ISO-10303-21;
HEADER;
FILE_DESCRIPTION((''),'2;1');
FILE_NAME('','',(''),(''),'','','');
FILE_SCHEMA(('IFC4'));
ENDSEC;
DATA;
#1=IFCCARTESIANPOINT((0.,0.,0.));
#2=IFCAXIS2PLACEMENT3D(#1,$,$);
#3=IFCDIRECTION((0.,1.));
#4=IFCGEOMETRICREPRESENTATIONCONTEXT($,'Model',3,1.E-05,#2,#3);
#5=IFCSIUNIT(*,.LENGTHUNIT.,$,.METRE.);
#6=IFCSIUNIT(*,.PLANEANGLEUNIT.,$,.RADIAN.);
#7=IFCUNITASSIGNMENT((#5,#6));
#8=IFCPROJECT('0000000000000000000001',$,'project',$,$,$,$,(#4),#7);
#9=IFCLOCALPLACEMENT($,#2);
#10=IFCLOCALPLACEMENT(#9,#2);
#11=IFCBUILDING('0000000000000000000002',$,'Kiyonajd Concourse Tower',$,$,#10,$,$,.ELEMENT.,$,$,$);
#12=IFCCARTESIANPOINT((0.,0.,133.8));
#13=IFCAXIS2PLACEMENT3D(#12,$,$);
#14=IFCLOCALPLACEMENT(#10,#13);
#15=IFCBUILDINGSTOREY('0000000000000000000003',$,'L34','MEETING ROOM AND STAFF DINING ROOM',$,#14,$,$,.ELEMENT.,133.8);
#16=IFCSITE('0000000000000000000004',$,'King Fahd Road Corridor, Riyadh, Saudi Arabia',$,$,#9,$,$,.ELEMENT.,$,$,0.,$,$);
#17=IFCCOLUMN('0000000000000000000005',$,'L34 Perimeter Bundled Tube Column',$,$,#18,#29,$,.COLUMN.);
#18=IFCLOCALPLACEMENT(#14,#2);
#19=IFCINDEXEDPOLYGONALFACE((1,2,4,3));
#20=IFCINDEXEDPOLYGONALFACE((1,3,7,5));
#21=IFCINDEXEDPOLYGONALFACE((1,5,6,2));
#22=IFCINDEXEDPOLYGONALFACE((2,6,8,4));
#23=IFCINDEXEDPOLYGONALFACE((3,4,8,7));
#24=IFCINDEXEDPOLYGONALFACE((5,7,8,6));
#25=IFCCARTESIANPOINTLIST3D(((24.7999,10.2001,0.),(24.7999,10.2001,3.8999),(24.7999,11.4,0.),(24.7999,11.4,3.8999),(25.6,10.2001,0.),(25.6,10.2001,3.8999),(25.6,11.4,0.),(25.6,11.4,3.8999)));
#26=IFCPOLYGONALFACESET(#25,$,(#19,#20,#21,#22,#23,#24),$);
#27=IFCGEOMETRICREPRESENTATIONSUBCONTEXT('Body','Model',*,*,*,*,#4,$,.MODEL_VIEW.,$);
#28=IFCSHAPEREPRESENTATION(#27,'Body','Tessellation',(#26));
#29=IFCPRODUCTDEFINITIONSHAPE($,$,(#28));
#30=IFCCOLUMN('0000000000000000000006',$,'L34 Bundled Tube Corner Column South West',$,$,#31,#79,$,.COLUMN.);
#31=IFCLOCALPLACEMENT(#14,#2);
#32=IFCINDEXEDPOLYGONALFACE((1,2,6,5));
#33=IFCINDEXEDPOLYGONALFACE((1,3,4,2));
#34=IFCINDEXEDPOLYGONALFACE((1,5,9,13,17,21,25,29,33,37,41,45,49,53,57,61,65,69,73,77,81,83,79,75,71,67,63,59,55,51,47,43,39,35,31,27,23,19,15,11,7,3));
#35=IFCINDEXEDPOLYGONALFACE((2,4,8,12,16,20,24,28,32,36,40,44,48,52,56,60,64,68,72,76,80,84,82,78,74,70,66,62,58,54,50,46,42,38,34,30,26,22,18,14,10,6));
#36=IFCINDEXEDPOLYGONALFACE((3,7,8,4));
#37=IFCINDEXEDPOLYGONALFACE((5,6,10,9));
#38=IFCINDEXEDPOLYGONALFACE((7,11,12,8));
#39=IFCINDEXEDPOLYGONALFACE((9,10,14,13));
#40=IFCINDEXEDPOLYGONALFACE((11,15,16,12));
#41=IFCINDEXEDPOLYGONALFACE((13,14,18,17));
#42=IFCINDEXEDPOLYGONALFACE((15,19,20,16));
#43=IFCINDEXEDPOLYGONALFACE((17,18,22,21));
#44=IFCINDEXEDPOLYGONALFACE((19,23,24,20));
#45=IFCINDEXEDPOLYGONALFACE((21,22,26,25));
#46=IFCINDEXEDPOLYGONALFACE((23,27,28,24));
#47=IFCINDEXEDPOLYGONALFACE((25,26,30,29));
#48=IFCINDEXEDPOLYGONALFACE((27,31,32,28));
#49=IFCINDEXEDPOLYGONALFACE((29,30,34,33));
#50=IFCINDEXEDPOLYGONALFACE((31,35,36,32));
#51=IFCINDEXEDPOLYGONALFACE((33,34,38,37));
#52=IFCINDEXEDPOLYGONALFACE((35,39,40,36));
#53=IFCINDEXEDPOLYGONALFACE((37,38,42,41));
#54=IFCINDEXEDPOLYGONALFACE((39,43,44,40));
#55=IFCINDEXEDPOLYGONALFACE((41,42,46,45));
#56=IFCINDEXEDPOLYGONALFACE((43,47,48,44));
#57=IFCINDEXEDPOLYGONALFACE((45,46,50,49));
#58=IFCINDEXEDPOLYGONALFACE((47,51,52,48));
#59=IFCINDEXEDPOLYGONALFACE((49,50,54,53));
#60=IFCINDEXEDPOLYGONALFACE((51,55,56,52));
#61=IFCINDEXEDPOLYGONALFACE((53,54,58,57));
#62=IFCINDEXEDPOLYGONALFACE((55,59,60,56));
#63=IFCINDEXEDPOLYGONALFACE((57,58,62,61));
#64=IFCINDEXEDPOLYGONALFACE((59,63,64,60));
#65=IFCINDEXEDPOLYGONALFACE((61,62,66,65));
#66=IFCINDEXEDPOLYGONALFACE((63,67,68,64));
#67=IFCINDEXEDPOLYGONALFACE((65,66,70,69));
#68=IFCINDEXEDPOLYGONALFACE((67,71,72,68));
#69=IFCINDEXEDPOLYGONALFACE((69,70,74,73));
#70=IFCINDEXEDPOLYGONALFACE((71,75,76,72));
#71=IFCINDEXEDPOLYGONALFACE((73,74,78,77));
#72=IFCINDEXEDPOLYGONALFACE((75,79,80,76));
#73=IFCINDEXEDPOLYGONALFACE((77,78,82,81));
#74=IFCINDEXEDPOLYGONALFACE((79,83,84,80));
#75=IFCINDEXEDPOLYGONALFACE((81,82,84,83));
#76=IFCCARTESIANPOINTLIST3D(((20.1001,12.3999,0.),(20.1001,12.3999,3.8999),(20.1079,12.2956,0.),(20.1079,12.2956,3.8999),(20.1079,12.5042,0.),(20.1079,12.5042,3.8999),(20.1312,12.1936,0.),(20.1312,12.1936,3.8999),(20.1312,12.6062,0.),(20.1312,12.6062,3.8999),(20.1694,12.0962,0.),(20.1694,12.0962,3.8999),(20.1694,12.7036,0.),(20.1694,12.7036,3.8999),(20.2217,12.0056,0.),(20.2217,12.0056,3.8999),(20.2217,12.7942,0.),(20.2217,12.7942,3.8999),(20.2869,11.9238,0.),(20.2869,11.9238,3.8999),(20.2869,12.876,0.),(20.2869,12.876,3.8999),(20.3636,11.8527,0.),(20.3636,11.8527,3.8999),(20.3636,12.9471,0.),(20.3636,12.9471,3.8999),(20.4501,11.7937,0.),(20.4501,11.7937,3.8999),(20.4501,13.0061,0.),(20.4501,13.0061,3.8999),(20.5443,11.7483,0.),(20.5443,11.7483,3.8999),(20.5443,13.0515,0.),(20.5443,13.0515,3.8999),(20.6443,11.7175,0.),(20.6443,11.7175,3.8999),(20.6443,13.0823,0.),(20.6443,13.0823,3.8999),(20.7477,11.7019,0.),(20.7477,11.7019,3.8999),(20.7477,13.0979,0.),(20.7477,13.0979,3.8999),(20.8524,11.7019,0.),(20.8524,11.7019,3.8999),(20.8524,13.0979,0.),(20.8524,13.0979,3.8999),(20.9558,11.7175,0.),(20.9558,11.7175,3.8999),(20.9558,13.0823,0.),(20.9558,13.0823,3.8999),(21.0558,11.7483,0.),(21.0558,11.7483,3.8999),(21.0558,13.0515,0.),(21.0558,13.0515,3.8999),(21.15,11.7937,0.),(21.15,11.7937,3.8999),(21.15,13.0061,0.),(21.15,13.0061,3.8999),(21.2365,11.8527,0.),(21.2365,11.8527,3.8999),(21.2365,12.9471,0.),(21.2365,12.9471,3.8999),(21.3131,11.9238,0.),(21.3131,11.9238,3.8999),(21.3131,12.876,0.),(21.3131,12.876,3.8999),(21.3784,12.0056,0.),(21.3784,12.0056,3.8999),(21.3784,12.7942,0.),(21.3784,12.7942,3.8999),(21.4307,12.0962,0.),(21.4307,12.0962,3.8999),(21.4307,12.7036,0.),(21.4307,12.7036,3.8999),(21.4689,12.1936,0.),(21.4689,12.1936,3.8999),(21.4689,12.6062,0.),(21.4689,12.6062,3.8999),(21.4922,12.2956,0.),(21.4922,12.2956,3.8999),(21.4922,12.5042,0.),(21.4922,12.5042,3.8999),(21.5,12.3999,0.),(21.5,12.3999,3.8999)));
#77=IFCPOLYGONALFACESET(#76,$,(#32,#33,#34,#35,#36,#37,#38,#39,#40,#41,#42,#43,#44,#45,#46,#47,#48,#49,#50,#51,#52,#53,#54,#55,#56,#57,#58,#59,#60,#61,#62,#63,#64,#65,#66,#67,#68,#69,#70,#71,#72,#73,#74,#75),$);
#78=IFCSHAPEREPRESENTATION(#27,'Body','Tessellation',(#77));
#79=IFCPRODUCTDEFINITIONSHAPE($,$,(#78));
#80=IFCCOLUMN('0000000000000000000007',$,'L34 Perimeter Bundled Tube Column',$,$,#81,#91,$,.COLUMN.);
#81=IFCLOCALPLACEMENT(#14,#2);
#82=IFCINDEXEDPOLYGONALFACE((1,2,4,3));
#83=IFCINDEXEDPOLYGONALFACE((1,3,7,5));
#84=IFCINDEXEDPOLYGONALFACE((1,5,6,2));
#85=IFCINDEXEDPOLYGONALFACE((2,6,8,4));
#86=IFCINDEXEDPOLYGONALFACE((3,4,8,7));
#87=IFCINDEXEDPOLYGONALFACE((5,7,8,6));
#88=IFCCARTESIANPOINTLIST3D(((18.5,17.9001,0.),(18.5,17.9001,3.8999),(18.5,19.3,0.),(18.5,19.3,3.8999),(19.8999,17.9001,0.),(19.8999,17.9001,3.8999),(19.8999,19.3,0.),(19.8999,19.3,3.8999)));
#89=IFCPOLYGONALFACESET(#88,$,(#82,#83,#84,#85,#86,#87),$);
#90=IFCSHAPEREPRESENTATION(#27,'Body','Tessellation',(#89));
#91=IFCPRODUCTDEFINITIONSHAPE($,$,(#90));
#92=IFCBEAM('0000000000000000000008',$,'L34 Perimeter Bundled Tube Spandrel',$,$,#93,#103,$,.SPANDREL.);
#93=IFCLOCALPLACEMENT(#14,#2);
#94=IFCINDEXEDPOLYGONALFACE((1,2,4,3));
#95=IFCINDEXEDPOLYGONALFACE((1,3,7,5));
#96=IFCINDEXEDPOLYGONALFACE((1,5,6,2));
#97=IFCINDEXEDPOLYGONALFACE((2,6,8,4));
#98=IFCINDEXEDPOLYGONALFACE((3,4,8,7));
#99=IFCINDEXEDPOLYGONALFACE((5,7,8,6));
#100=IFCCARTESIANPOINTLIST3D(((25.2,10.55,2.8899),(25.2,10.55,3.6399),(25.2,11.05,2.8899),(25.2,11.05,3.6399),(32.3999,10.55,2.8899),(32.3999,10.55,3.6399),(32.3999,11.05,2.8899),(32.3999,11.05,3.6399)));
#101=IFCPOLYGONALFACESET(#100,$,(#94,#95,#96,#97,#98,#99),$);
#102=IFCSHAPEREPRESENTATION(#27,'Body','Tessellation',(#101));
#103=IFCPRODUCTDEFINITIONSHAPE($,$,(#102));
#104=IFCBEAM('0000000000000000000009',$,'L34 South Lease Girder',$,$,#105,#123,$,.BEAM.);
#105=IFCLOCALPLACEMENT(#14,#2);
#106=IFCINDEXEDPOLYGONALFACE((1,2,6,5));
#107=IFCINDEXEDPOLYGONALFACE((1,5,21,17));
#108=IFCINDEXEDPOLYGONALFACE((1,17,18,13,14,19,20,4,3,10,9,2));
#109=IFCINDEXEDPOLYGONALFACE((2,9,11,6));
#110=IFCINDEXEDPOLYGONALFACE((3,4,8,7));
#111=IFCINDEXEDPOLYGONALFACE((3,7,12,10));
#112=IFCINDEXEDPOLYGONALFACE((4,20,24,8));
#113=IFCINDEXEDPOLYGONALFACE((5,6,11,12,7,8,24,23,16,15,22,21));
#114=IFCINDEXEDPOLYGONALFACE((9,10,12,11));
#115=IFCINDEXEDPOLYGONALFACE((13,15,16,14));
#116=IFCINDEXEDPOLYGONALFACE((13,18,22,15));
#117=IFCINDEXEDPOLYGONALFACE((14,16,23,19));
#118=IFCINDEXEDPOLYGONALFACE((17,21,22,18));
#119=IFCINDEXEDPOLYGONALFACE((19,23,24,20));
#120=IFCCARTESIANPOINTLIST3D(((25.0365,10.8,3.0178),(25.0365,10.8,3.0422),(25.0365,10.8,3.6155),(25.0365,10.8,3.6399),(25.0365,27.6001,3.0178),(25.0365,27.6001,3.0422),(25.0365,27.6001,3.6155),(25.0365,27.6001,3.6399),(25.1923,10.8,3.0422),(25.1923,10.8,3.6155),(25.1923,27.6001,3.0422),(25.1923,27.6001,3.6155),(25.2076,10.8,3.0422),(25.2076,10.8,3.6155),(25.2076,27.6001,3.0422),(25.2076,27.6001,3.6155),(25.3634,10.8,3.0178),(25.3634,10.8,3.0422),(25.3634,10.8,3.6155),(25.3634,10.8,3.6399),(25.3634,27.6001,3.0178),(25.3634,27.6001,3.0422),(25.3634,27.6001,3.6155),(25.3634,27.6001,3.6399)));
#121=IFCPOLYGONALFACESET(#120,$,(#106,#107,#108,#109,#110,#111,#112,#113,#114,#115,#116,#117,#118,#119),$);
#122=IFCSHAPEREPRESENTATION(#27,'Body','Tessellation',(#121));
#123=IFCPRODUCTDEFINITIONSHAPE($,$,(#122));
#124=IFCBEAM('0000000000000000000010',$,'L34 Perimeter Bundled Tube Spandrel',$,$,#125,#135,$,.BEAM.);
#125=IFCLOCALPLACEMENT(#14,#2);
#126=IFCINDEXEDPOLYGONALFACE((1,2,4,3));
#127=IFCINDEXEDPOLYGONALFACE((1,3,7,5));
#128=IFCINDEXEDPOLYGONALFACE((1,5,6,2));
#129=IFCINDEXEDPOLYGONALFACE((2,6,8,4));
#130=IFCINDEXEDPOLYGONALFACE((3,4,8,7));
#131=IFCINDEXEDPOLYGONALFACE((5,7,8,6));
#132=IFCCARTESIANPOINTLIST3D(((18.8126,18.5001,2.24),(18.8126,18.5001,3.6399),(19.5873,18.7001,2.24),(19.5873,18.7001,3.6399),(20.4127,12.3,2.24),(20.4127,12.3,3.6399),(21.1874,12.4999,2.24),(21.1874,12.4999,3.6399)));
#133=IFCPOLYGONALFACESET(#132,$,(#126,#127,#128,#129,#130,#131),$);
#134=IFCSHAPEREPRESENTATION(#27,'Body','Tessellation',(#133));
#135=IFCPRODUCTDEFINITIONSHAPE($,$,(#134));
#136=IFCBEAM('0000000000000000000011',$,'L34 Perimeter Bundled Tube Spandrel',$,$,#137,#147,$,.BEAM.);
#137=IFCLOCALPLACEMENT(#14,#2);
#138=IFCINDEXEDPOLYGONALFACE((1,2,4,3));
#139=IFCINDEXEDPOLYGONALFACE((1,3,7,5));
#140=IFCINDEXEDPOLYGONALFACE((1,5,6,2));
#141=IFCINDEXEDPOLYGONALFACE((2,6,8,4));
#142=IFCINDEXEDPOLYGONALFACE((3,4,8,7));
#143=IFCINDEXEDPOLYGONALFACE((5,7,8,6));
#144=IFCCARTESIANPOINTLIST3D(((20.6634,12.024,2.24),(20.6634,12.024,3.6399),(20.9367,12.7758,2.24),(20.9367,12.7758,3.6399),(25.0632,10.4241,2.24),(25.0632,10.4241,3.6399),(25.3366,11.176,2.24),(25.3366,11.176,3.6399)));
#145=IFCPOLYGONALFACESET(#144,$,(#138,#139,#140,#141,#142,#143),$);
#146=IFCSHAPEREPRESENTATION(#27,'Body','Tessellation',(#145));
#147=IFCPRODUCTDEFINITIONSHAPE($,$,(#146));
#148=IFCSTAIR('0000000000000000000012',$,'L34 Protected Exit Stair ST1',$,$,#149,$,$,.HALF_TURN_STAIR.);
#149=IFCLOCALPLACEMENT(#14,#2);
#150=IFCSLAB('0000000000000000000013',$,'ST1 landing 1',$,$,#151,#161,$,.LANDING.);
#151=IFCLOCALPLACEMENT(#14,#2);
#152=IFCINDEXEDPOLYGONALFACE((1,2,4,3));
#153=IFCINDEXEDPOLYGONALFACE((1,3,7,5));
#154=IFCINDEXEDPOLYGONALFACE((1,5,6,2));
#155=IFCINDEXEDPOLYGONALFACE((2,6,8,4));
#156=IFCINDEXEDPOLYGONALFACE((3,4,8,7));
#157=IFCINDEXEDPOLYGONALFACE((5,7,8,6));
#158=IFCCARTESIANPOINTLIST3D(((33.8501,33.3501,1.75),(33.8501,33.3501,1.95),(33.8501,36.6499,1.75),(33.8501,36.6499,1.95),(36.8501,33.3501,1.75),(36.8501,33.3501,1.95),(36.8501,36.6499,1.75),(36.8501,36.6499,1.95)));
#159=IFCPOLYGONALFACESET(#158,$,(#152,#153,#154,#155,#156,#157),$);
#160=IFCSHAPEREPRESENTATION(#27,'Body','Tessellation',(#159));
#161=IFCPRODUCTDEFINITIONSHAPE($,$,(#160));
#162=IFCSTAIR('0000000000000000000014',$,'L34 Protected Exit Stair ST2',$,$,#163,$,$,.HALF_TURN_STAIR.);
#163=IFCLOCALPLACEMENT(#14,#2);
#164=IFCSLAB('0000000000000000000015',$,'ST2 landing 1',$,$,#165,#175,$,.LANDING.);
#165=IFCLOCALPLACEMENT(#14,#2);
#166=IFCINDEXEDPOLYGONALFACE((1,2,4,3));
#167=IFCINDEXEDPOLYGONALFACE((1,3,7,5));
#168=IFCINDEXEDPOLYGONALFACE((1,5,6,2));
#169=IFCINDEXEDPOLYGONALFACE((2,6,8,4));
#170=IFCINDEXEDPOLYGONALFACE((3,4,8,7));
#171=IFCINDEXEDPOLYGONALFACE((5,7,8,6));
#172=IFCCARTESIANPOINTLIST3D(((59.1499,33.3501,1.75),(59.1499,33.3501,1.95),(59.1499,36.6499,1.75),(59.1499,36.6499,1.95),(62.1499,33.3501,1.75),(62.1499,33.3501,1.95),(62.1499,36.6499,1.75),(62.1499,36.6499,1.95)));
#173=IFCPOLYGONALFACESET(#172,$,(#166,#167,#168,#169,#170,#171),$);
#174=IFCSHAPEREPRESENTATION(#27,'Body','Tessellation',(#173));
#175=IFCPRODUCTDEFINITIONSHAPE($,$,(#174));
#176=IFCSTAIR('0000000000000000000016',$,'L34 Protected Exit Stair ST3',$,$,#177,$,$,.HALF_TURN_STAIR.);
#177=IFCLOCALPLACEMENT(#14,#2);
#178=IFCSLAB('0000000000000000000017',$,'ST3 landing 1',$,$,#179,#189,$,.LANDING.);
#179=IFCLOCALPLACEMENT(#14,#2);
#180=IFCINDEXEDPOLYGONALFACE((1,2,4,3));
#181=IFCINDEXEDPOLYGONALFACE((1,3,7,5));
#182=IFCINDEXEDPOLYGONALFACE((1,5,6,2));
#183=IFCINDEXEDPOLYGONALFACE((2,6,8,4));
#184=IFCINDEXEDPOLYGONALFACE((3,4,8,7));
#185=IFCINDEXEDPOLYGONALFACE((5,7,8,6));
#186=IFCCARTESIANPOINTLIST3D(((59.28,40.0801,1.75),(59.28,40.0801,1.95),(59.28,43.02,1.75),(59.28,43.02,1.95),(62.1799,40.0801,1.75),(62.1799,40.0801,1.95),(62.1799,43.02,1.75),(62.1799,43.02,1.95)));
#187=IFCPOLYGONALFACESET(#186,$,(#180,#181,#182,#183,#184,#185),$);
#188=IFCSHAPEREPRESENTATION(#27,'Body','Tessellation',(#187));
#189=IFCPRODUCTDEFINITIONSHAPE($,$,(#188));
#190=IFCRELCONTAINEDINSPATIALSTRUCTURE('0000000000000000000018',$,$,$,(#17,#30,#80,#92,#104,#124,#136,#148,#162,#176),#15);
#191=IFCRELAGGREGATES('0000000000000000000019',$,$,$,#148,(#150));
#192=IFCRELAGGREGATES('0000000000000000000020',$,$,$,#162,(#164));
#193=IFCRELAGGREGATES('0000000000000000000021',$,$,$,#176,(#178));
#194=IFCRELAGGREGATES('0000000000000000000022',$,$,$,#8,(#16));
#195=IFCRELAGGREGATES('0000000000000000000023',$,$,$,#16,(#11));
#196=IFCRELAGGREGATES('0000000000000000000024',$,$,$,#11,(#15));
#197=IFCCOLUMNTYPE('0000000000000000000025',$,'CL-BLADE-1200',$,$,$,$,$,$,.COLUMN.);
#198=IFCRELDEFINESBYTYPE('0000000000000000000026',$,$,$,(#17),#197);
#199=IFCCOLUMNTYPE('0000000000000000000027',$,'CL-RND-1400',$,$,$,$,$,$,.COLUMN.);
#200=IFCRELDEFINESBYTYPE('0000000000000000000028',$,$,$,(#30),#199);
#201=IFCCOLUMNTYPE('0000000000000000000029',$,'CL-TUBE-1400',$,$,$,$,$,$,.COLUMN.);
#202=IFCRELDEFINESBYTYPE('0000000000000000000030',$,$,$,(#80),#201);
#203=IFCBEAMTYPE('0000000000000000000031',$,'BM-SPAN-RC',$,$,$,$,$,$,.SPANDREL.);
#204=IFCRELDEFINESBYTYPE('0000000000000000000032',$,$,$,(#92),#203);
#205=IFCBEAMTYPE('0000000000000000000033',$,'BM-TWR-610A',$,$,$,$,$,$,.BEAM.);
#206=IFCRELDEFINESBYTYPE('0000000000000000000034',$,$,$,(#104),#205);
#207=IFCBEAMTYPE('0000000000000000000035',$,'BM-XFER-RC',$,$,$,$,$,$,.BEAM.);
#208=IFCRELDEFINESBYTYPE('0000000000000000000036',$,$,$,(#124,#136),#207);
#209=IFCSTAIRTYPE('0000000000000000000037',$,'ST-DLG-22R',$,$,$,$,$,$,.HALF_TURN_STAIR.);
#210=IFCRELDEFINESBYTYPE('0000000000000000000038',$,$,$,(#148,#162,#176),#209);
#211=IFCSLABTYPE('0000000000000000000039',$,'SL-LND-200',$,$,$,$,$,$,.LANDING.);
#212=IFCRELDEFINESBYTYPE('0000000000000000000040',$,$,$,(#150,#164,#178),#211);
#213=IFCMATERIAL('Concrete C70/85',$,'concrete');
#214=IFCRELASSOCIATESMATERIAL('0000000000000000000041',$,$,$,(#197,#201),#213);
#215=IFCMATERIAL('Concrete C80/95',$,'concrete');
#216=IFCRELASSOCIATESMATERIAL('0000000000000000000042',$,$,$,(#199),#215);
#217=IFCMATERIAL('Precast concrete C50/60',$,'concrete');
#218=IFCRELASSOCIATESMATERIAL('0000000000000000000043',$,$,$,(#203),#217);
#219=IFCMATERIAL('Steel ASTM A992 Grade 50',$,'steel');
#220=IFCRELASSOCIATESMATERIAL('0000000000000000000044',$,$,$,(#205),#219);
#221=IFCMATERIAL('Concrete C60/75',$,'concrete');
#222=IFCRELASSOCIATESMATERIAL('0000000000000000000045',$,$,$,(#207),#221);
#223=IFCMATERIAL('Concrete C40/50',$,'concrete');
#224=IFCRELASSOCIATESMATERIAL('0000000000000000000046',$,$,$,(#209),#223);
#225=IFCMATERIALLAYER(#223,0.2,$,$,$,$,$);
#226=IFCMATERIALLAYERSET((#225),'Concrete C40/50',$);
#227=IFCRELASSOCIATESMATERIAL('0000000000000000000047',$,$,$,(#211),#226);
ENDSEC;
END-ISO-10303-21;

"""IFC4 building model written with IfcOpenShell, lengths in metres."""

from ifc_helpers import new_model, si_unit, direction, frame, origin, origin_2d, place, context, subcontext, project, spatial, polyline, rectangle, circle, i_section, outline, extrude, material, layer, layer_set, material_profile, profile_set, type_object, element, aggregate, save


model = new_model("IFC4")

# Units and contexts
model_context = context("Model", 3, precision=1e-05, world=origin(), true_north=direction((0.0, 1.0)))
body_context = subcontext(model_context, "Body", "Model", "MODEL_VIEW")
ifc_project = project(units=[si_unit("LENGTHUNIT", "METRE"), si_unit("PLANEANGLEUNIT", "RADIAN")], contexts=[model_context])

# Site, building, storey
site_placement = place(None, origin())
site = spatial("IfcSite", under=ifc_project, at=site_placement, Name="King Fahd Road Corridor, Riyadh, Saudi Arabia", CompositionType="ELEMENT", RefElevation=0.0)
building_placement = place(site_placement, origin())
building = spatial("IfcBuilding", under=site, at=building_placement, Name="Kiyonajd Concourse Tower", CompositionType="ELEMENT")
storey_placement = place(building_placement, frame((0.0, 0.0, 133.8)))
storey = spatial("IfcBuildingStorey", under=building, at=storey_placement, Name="L34", Description="MEETING ROOM AND STAFF DINING ROOM", CompositionType="ELEMENT", Elevation=133.8)

# Columns
ifc_material_1 = material(Name="Concrete C70/85", Category="concrete")
ifc_material_profile_1 = material_profile(ifc_material_1, rectangle(XDim=0.8, YDim=1.2, at=origin_2d()), Name="RC-1200x800")
ifc_profile_set_1 = profile_set([ifc_material_profile_1], Name="Concrete C70/85")
column_type_1 = type_object("IfcColumnType", Name="CL-BLADE-1200", PredefinedType="COLUMN", material=ifc_profile_set_1)
column_1_placement = place(storey_placement, frame((25.2, 10.8, 0.0), z_axis=(0.0, 0.0, 1.0), x_axis=(1.0, 0.0, 0.0)))
element("IfcColumn", 1, at=column_1_placement, inside=storey, type_object=column_type_1, Name="L34 Perimeter Bundled Tube Column", PredefinedType="COLUMN", context=body_context, shape_type="SweptSolid", body=[
    extrude(rectangle(XDim=0.8, YDim=1.2, at=origin_2d()), origin(), (0.0, 0.0, 1.0), 3.8999),
])
ifc_material_2 = material(Name="Concrete C80/95", Category="concrete")
ifc_material_profile_2 = material_profile(ifc_material_2, circle(Radius=0.7, at=origin_2d()), Name="RCC-D1400")
ifc_profile_set_2 = profile_set([ifc_material_profile_2], Name="Concrete C80/95")
column_type_2 = type_object("IfcColumnType", Name="CL-RND-1400", PredefinedType="COLUMN", material=ifc_profile_set_2)
column_2_placement = place(storey_placement, frame((20.8, 12.3999, 0.0), z_axis=(0.0, 0.0, 1.0), x_axis=(1.0, 0.0, 0.0)))
element("IfcColumn", 2, at=column_2_placement, inside=storey, type_object=column_type_2, Name="L34 Bundled Tube Corner Column South West", PredefinedType="COLUMN", context=body_context, shape_type="SweptSolid", body=[
    extrude(circle(Radius=0.7, at=origin_2d()), origin(), (0.0, 0.0, 1.0), 3.8999),
])
ifc_material_profile_3 = material_profile(ifc_material_1, rectangle(XDim=1.3999, YDim=1.3999, at=origin_2d()), Name="RC-1400x1400")
ifc_profile_set_3 = profile_set([ifc_material_profile_3], Name="Concrete C70/85")
column_type_3 = type_object("IfcColumnType", Name="CL-TUBE-1400", PredefinedType="COLUMN", material=ifc_profile_set_3)
column_3_placement = place(storey_placement, frame((19.2, 18.6001, 0.0), z_axis=(0.0, 0.0, 1.0), x_axis=(1.0, 0.0, 0.0)))
element("IfcColumn", 3, at=column_3_placement, inside=storey, type_object=column_type_3, Name="L34 Perimeter Bundled Tube Column", PredefinedType="COLUMN", context=body_context, shape_type="SweptSolid", body=[
    extrude(rectangle(XDim=1.3999, YDim=1.3999, at=origin_2d()), origin(), (0.0, 0.0, 1.0), 3.8999),
])

# Beams
ifc_material_3 = material(Name="Precast concrete C50/60", Category="concrete")
ifc_material_profile_4 = material_profile(ifc_material_3, rectangle(XDim=0.5, YDim=0.75, at=origin_2d()), Name="RCBM-500x750")
ifc_profile_set_4 = profile_set([ifc_material_profile_4], Name="Precast concrete C50/60")
beam_type_1 = type_object("IfcBeamType", Name="BM-SPAN-RC", PredefinedType="SPANDREL", material=ifc_profile_set_4)
beam_1_placement = place(storey_placement, frame((25.2, 10.8, 3.2649), z_axis=(1.0, 0.0, 0.0), x_axis=(0.0, 1.0, 0.0)))
element("IfcBeam", 4, at=beam_1_placement, inside=storey, type_object=beam_type_1, Name="L34 Perimeter Bundled Tube Spandrel", PredefinedType="SPANDREL", context=body_context, shape_type="SweptSolid", body=[
    extrude(rectangle(XDim=0.5, YDim=0.75, at=origin_2d()), origin(), (0.0, 0.0, 1.0), 7.2),
])
ifc_material_4 = material(Name="Steel ASTM A992 Grade 50", Category="steel")
ifc_material_profile_5 = material_profile(ifc_material_4, i_section(OverallWidth=0.3269, OverallDepth=0.6221, WebThickness=0.0154, FlangeThickness=0.0244, at=origin_2d()), Name="W610X195")
ifc_profile_set_5 = profile_set([ifc_material_profile_5], Name="Steel ASTM A992 Grade 50")
beam_type_2 = type_object("IfcBeamType", Name="BM-TWR-610A", PredefinedType="BEAM", material=ifc_profile_set_5)
beam_2_placement = place(storey_placement, frame((25.2, 10.8, 3.3289), z_axis=(0.0, 1.0, 0.0), x_axis=(-1.0, 0.0, 0.0)))
element("IfcBeam", 5, at=beam_2_placement, inside=storey, type_object=beam_type_2, Name="L34 South Lease Girder", PredefinedType="BEAM", context=body_context, shape_type="SweptSolid", body=[
    extrude(i_section(OverallWidth=0.3269, OverallDepth=0.6221, WebThickness=0.0154, FlangeThickness=0.0244, at=origin_2d()), origin(), (0.0, 0.0, 1.0), 16.8),
])
ifc_material_5 = material(Name="Concrete C60/75", Category="concrete")
ifc_material_profile_6 = material_profile(ifc_material_5, rectangle(XDim=0.8, YDim=1.3999, at=origin_2d()), Name="RCBM-800x1400")
ifc_profile_set_6 = profile_set([ifc_material_profile_6], Name="Concrete C60/75")
beam_type_3 = type_object("IfcBeamType", Name="BM-XFER-RC", PredefinedType="BEAM", material=ifc_profile_set_6)
beam_3_placement = place(storey_placement, frame((19.2, 18.6001, 2.9399), z_axis=(0.249885, -0.968276, 0.0), x_axis=(0.968276, 0.249885, 0.0)))
element("IfcBeam", 6, at=beam_3_placement, inside=storey, type_object=beam_type_3, Name="L34 Perimeter Bundled Tube Spandrel", PredefinedType="BEAM", context=body_context, shape_type="SweptSolid", body=[
    extrude(rectangle(XDim=0.8, YDim=1.3999, at=origin_2d()), origin(), (0.0, 0.0, 1.0), 6.4033),
])
beam_4_placement = place(storey_placement, frame((20.8, 12.3999, 2.9399), z_axis=(0.939801, -0.341722, 0.0), x_axis=(0.341722, 0.939801, 0.0)))
element("IfcBeam", 7, at=beam_4_placement, inside=storey, type_object=beam_type_3, Name="L34 Perimeter Bundled Tube Spandrel", PredefinedType="BEAM", context=body_context, shape_type="SweptSolid", body=[
    extrude(rectangle(XDim=0.8, YDim=1.3999, at=origin_2d()), origin(), (0.0, 0.0, 1.0), 4.6816),
])

# Stairs, slabs
ifc_material_6 = material(Name="Concrete C40/50", Category="concrete")
stair_type = type_object("IfcStairType", Name="ST-DLG-22R", PredefinedType="HALF_TURN_STAIR", material=ifc_material_6)
stair_1_placement = place(storey_placement, origin())
stair_1 = element("IfcStair", 8, at=stair_1_placement, inside=storey, type_object=stair_type, Name="L34 Protected Exit Stair ST1", PredefinedType="HALF_TURN_STAIR")
ifc_layer_1 = layer(ifc_material_6, 0.2)
ifc_layer_set_1 = layer_set([ifc_layer_1], Name="Concrete C40/50")
slab_type_1 = type_object("IfcSlabType", Name="SL-LND-200", PredefinedType="LANDING", material=ifc_layer_set_1)
slab_1_placement = place(storey_placement, frame((0.0, 0.0, 1.75)))
slab_1 = element("IfcSlab", 9, at=slab_1_placement, type_object=slab_type_1, Name="ST1 landing 1", PredefinedType="LANDING", context=body_context, shape_type="SweptSolid", body=[
    extrude(outline(polyline([(36.8501, 33.3501), (36.8501, 36.6499), (33.8501, 36.6499), (33.8501, 33.3501), (36.8501, 33.3501)])), origin(), (0.0, 0.0, 1.0), 0.2),
])
aggregate(stair_1, [slab_1])
stair_2_placement = place(storey_placement, origin())
stair_2 = element("IfcStair", 10, at=stair_2_placement, inside=storey, type_object=stair_type, Name="L34 Protected Exit Stair ST2", PredefinedType="HALF_TURN_STAIR")
slab_2_placement = place(storey_placement, frame((0.0, 0.0, 1.75)))
slab_2 = element("IfcSlab", 11, at=slab_2_placement, type_object=slab_type_1, Name="ST2 landing 1", PredefinedType="LANDING", context=body_context, shape_type="SweptSolid", body=[
    extrude(outline(polyline([(62.1499, 33.3501), (62.1499, 36.6499), (59.1499, 36.6499), (59.1499, 33.3501), (62.1499, 33.3501)])), origin(), (0.0, 0.0, 1.0), 0.2),
])
aggregate(stair_2, [slab_2])
stair_3_placement = place(storey_placement, origin())
stair_3 = element("IfcStair", 12, at=stair_3_placement, inside=storey, type_object=stair_type, Name="L34 Protected Exit Stair ST3", PredefinedType="HALF_TURN_STAIR")
slab_3_placement = place(storey_placement, frame((0.0, 0.0, 1.75)))
slab_3 = element("IfcSlab", 13, at=slab_3_placement, type_object=slab_type_1, Name="ST3 landing 1", PredefinedType="LANDING", context=body_context, shape_type="SweptSolid", body=[
    extrude(outline(polyline([(59.28, 40.0801), (62.1799, 40.0801), (62.1799, 43.02), (59.28, 43.02), (59.28, 40.0801)])), origin(), (0.0, 0.0, 1.0), 0.2),
])
aggregate(stair_3, [slab_3])

save(model, "model.ifc")
